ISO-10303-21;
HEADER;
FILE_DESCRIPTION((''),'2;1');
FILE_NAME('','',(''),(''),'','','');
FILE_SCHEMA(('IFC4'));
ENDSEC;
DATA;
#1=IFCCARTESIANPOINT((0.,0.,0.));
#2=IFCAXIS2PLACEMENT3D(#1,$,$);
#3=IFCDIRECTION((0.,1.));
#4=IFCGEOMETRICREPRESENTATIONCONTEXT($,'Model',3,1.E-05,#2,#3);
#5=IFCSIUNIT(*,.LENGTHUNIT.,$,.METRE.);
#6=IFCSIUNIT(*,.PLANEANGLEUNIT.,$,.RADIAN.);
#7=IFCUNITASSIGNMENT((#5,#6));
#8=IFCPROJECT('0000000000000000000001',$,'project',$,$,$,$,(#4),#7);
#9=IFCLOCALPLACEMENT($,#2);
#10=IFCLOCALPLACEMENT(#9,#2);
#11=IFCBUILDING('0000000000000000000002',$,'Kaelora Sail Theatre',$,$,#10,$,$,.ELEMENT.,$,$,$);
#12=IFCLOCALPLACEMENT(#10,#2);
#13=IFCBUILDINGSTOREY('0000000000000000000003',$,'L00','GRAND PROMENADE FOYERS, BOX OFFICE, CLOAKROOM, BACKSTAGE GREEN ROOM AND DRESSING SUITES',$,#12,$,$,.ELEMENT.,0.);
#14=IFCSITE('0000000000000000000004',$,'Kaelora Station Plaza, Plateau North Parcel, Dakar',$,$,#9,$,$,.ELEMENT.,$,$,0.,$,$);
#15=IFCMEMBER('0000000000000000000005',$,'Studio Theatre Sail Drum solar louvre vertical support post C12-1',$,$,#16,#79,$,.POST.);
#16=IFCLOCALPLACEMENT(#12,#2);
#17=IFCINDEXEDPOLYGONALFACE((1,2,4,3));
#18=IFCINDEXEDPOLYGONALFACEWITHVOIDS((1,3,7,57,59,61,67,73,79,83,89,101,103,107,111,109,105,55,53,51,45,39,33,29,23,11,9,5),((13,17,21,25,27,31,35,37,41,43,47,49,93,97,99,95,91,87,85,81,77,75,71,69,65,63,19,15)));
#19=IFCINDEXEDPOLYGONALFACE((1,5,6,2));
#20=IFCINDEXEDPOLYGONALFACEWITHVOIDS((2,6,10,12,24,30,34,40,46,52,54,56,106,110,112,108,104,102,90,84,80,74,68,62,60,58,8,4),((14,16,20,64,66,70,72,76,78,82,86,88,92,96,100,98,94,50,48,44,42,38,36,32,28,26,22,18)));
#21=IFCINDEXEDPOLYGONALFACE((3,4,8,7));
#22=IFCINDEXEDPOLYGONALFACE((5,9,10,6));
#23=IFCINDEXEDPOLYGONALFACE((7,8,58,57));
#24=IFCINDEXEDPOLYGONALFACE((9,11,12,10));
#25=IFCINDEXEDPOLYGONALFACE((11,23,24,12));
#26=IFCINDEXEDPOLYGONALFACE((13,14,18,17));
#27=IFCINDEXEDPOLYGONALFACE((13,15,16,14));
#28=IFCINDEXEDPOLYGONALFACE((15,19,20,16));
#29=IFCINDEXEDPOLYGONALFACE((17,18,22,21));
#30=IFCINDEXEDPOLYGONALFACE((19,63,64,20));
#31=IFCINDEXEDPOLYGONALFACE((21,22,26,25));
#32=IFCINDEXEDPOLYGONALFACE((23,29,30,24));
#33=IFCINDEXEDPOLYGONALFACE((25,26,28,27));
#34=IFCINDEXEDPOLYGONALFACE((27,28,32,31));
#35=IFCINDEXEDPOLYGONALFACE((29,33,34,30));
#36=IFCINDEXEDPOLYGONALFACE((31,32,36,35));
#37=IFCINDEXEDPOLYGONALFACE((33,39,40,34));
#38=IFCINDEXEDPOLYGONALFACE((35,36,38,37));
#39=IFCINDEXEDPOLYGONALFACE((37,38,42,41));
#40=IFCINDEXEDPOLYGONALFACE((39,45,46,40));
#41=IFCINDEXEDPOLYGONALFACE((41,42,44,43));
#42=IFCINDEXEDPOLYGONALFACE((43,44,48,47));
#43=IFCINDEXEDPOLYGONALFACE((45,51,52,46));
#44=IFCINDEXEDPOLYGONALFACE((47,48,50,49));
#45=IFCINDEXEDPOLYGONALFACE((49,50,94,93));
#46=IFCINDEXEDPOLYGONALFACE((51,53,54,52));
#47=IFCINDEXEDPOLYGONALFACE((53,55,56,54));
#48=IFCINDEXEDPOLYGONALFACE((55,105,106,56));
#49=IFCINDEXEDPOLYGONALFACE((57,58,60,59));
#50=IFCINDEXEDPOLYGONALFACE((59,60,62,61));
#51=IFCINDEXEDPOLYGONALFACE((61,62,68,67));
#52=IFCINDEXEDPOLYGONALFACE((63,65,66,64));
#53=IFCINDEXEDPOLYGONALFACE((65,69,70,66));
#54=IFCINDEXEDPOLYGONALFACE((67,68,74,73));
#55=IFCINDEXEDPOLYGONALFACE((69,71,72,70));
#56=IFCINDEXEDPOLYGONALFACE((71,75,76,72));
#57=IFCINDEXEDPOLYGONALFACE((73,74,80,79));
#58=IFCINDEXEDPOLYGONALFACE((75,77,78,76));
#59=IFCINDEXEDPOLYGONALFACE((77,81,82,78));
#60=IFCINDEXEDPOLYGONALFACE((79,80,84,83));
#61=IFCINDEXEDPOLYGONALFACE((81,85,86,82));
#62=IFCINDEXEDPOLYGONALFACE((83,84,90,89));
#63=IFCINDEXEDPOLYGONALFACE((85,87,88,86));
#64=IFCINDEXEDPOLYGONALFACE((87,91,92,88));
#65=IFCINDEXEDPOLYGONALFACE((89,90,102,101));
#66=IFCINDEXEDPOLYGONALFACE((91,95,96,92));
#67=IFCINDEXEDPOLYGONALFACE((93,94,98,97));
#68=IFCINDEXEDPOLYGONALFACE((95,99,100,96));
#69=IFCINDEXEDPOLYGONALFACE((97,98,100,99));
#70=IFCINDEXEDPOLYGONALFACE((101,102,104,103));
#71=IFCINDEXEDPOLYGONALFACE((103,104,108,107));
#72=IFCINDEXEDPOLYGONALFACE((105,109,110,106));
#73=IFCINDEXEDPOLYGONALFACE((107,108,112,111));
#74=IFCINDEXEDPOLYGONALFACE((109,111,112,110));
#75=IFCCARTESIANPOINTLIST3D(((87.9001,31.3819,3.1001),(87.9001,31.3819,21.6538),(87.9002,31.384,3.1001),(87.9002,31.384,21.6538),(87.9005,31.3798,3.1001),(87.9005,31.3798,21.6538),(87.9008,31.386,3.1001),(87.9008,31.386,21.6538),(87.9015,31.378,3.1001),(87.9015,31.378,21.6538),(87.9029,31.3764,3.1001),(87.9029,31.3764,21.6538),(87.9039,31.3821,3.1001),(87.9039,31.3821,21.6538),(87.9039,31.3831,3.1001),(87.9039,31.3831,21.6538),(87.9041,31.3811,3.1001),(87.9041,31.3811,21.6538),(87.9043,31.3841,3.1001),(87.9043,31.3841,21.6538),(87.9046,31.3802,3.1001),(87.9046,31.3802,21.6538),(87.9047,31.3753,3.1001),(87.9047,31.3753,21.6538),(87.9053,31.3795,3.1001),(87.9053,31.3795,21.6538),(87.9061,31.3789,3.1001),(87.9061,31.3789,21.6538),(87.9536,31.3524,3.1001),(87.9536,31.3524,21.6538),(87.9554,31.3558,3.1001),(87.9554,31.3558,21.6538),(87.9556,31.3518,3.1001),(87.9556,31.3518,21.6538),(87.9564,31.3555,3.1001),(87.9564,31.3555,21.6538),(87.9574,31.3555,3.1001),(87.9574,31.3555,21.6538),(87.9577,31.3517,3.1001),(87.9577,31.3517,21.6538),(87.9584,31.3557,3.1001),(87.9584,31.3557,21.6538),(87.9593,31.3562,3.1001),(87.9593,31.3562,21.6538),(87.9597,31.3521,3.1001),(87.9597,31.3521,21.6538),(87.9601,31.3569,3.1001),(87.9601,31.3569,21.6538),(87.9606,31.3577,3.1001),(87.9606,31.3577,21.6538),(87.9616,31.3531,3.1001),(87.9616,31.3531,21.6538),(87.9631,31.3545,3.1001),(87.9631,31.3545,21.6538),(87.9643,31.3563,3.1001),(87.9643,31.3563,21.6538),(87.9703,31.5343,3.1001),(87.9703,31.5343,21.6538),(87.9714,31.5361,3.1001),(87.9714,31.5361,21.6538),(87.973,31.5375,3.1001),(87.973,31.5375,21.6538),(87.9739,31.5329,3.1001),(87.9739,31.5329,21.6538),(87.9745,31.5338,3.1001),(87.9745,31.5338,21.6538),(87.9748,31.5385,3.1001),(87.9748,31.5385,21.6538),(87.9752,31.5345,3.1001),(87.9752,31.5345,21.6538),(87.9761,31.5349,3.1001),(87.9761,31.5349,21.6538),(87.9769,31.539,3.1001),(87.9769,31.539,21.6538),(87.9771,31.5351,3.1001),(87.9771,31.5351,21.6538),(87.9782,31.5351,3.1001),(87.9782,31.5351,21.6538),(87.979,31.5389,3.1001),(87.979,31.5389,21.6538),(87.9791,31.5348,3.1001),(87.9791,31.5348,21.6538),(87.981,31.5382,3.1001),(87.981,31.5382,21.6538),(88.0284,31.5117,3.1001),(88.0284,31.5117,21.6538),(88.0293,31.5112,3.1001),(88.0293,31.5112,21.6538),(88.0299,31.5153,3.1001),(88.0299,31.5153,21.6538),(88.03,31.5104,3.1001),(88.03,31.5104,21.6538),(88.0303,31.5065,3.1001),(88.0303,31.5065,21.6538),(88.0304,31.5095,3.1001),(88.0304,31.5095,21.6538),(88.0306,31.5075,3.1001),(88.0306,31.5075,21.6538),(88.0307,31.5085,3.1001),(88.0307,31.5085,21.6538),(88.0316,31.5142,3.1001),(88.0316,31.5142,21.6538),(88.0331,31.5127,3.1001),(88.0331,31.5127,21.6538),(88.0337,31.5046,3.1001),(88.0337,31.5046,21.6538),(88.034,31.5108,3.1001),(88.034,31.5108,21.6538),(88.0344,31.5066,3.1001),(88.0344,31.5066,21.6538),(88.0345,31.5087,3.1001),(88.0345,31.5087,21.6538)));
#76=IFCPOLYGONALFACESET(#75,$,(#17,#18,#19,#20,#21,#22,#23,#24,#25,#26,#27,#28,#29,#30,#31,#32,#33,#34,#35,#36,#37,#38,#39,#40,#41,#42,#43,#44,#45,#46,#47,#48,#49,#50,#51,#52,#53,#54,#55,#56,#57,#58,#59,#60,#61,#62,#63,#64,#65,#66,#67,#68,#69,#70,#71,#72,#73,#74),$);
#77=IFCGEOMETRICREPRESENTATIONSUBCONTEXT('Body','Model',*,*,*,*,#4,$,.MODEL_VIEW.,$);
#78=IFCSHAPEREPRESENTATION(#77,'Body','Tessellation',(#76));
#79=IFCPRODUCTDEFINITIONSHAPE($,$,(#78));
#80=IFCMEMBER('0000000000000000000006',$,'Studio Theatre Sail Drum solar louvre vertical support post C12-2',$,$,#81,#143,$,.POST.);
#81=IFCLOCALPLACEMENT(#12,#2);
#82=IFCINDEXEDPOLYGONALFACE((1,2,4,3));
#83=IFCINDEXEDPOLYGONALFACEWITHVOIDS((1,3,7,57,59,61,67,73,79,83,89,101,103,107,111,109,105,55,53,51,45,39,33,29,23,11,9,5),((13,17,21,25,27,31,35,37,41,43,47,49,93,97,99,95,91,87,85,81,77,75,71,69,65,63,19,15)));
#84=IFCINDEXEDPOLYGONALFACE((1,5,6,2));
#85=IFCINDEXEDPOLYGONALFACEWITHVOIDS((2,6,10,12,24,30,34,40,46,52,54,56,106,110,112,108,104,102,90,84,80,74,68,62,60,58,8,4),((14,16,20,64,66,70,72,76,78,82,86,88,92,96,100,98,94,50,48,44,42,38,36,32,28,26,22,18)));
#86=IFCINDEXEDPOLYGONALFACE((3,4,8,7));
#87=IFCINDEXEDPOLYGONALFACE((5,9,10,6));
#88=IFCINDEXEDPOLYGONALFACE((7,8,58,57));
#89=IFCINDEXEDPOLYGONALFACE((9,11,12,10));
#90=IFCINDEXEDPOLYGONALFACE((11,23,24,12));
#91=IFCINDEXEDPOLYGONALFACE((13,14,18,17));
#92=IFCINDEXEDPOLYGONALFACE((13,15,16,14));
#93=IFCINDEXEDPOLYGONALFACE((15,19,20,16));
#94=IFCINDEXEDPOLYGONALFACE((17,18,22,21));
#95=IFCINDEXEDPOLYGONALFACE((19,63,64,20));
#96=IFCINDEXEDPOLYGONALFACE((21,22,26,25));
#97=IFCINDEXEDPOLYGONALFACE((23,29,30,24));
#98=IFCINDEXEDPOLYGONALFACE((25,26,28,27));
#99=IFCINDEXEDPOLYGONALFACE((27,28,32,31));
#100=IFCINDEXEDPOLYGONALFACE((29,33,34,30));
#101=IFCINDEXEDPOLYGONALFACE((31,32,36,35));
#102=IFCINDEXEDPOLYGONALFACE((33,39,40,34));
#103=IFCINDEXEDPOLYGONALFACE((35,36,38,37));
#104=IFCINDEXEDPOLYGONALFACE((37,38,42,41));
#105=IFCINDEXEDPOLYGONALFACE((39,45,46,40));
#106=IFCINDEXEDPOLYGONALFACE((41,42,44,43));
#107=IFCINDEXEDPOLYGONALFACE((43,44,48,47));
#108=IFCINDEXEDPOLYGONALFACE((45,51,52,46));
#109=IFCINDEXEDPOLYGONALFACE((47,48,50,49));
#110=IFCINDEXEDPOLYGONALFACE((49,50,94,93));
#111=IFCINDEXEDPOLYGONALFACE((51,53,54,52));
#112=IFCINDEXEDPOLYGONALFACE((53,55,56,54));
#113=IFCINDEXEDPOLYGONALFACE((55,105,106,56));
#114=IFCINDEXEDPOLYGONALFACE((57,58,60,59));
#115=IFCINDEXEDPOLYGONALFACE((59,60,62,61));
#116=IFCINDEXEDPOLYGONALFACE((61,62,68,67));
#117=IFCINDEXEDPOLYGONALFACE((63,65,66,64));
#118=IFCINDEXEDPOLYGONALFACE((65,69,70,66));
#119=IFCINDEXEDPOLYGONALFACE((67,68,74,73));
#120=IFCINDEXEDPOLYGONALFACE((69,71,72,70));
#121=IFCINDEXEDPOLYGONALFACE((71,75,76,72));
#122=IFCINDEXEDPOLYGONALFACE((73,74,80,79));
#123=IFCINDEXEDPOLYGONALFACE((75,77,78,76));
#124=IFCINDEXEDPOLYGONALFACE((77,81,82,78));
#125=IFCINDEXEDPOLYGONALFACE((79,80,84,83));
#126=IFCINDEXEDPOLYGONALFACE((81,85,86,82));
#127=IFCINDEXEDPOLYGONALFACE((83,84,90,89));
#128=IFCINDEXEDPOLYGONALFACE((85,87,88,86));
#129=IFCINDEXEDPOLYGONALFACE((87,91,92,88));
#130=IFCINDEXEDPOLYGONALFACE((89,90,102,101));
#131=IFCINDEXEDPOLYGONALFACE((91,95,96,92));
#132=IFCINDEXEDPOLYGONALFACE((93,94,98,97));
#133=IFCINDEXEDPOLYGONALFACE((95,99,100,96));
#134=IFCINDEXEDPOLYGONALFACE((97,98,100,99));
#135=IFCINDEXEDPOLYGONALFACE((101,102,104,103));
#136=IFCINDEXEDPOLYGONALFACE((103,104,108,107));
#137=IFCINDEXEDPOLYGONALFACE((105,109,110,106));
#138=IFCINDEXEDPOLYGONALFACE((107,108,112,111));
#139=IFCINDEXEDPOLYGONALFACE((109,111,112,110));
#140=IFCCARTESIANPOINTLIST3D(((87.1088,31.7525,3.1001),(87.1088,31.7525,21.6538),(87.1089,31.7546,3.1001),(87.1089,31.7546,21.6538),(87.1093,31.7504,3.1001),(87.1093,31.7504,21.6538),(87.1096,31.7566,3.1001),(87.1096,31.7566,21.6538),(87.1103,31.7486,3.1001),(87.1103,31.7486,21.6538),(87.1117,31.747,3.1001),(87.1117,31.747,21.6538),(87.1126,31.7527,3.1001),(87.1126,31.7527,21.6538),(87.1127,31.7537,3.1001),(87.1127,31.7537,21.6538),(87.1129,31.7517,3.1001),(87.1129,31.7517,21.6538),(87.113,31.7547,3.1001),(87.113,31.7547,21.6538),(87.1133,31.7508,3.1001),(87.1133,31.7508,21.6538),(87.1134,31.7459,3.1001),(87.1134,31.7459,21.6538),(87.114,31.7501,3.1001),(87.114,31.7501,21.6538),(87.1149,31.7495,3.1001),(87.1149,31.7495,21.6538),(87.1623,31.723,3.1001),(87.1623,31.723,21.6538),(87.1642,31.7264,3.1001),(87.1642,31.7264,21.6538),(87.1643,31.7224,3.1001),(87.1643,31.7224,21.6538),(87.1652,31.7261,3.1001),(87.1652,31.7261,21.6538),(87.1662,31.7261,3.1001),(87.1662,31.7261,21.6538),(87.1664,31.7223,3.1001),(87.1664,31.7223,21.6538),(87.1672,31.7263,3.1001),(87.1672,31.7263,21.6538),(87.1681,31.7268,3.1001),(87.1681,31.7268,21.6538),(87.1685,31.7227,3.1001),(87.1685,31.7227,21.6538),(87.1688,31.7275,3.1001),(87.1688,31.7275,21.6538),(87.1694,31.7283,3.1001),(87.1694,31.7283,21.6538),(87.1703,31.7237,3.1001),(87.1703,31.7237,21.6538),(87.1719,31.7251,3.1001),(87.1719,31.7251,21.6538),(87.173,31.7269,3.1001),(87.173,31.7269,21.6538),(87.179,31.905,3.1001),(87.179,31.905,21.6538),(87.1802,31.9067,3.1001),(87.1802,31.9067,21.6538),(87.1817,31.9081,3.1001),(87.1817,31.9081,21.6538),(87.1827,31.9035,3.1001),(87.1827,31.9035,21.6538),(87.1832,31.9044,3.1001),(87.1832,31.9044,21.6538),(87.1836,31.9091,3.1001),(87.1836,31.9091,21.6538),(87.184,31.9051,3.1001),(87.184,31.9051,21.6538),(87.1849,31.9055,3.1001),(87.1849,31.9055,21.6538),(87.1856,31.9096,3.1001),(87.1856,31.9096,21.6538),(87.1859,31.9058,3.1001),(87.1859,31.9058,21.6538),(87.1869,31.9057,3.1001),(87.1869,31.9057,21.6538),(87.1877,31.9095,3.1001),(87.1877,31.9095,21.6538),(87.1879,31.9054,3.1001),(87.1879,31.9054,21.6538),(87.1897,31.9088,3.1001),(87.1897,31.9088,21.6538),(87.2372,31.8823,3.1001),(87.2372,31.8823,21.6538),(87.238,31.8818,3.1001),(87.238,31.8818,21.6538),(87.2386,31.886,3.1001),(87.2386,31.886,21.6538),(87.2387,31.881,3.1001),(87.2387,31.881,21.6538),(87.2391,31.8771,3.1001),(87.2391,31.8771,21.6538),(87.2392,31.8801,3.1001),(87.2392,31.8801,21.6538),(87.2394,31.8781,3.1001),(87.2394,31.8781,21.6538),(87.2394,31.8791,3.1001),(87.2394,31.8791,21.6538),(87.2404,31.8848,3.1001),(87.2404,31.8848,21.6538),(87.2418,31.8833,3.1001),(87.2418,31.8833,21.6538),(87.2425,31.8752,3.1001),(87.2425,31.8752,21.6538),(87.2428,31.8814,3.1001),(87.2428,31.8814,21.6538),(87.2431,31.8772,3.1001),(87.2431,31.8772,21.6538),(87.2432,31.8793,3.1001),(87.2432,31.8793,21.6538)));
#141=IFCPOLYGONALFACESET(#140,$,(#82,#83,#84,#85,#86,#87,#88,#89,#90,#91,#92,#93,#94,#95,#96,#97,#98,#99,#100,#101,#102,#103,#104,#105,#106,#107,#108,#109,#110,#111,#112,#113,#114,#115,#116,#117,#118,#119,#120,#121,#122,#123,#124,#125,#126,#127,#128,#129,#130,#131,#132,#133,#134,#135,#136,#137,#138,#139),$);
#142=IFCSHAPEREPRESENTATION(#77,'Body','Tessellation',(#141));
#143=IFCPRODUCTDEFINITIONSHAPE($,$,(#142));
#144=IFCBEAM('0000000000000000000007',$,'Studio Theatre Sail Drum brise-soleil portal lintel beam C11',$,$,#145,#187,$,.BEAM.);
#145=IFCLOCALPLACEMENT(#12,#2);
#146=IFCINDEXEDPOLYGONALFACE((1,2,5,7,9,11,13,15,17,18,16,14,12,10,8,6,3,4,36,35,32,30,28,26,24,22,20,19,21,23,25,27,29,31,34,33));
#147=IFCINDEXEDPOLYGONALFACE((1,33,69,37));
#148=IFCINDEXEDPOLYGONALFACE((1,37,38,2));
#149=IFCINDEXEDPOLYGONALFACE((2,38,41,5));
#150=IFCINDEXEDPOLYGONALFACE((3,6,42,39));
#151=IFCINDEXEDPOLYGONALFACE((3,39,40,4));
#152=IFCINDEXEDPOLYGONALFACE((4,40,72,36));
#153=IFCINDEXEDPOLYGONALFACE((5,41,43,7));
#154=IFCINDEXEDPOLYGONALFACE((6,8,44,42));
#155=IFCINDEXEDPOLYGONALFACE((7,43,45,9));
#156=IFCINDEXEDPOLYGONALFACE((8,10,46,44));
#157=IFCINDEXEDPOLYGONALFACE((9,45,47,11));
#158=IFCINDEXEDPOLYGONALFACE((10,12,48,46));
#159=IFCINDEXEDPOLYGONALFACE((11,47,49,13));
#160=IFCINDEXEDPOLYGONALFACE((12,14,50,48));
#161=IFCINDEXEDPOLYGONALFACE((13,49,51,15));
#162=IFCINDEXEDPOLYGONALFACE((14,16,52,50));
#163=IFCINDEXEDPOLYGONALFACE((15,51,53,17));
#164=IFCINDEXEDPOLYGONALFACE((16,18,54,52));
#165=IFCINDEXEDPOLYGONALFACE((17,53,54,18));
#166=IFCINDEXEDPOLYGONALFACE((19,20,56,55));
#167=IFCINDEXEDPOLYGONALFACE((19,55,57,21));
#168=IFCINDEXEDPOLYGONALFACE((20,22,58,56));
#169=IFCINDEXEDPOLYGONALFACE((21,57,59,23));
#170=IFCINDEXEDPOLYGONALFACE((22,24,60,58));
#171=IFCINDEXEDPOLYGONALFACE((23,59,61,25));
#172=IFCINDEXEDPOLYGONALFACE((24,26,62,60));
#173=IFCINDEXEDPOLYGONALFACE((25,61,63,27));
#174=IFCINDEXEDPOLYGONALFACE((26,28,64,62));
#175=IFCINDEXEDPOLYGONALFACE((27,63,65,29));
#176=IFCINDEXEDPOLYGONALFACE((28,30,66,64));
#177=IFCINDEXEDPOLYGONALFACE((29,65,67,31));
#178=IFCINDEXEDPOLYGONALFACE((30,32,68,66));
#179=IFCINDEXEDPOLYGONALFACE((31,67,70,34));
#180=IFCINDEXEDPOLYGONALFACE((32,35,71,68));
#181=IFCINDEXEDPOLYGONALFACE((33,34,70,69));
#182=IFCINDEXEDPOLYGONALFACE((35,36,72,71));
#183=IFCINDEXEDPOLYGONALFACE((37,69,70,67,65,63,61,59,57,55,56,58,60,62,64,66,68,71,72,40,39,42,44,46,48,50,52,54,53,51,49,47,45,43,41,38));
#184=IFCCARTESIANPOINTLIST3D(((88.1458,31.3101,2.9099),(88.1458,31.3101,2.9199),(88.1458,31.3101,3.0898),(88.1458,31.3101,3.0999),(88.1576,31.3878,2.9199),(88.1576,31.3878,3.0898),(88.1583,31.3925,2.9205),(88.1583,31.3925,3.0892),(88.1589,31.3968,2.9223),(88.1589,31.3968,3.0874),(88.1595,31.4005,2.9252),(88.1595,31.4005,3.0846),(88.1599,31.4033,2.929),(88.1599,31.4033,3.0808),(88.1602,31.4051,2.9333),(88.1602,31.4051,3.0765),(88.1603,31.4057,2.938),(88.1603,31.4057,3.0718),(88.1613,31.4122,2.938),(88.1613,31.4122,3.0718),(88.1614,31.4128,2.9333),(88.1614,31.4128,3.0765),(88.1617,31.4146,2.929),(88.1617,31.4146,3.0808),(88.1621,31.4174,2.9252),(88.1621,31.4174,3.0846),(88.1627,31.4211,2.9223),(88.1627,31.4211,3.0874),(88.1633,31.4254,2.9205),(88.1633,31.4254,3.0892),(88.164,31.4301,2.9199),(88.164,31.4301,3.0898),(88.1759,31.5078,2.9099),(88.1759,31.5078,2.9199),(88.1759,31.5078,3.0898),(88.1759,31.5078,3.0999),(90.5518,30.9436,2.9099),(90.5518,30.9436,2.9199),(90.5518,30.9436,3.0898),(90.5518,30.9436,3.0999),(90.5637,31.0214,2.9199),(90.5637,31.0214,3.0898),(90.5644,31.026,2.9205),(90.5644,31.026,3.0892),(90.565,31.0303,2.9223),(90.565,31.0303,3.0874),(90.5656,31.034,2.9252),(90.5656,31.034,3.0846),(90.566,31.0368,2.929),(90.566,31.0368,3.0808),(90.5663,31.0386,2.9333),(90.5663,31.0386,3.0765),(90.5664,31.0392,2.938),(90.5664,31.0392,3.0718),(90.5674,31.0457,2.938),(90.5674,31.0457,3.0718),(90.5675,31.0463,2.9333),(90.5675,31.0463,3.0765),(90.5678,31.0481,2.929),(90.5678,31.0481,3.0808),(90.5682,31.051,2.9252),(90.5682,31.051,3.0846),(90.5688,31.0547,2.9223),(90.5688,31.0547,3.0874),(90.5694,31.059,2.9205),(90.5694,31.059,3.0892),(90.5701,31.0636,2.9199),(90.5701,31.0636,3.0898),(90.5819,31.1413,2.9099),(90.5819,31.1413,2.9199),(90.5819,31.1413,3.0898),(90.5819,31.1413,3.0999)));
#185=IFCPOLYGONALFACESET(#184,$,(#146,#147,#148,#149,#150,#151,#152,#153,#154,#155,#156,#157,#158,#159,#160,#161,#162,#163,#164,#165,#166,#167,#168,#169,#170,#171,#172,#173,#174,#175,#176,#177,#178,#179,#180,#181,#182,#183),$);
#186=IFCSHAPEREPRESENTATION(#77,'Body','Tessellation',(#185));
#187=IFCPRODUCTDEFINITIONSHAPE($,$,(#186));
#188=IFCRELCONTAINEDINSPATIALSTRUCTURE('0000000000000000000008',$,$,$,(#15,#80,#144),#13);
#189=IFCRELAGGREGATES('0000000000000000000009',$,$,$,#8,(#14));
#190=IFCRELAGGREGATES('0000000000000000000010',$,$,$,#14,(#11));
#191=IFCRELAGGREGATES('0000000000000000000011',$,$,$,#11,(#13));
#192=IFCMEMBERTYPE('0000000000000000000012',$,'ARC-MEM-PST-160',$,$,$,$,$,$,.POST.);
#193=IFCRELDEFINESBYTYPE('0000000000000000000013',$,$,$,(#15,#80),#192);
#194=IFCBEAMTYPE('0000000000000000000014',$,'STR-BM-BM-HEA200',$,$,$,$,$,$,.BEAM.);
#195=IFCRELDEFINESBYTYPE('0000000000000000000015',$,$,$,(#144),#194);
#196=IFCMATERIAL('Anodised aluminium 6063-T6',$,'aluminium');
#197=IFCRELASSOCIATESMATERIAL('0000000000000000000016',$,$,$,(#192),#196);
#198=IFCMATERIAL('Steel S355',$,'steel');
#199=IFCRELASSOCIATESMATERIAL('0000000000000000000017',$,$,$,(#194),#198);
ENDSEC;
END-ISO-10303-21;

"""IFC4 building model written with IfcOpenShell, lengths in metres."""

from ifc_helpers import new_model, si_unit, direction, frame, origin, origin_2d, place, context, subcontext, project, spatial, hollow_rectangle, i_section, extrude, material, material_profile, profile_set, type_object, element, save


model = new_model("IFC4")

# Units and contexts
model_context = context("Model", 3, precision=1e-05, world=origin(), true_north=direction((0.0, 1.0)))
body_context = subcontext(model_context, "Body", "Model", "MODEL_VIEW")
ifc_project = project(units=[si_unit("LENGTHUNIT", "METRE"), si_unit("PLANEANGLEUNIT", "RADIAN")], contexts=[model_context])

# Site, building, storey
site_placement = place(None, origin())
site = spatial("IfcSite", under=ifc_project, at=site_placement, Name="Kaelora Station Plaza, Plateau North Parcel, Dakar", CompositionType="ELEMENT", RefElevation=0.0)
building_placement = place(site_placement, origin())
building = spatial("IfcBuilding", under=site, at=building_placement, Name="Kaelora Sail Theatre", CompositionType="ELEMENT")
storey_placement = place(building_placement, origin())
storey = spatial("IfcBuildingStorey", under=building, at=storey_placement, Name="L00", Description="GRAND PROMENADE FOYERS, BOX OFFICE, CLOAKROOM, BACKSTAGE GREEN ROOM AND DRESSING SUITES", CompositionType="ELEMENT", Elevation=0.0)

# Members
ifc_material_1 = material(Name="Anodised aluminium 6063-T6", Category="aluminium")
ifc_material_profile_1 = material_profile(ifc_material_1, hollow_rectangle(XDim=0.0701, YDim=0.1799, WallThickness=0.0039, InnerFilletRadius=0.0039, OuterFilletRadius=0.0081, at=origin_2d()), Name="ALU-MULL 70x180x4")
ifc_profile_set_1 = profile_set([ifc_material_profile_1], Name="Anodised aluminium 6063-T6")
member_type_1 = type_object("IfcMemberType", Name="ARC-MEM-PST-160", PredefinedType="POST", material=ifc_profile_set_1)
for number, where, z_axis, x_axis, name in (
    (1, (87.9673, 31.4453, 3.1001), (0.0, 0.0, 1.0), (-0.905643, 0.424041, 0.0), "Studio Theatre Sail Drum solar louvre vertical support post C12-1"),
    (2, (87.176, 31.8159, 3.1001), (0.0, 0.0, 1.0), (-0.905643, 0.424041, 0.0), "Studio Theatre Sail Drum solar louvre vertical support post C12-2"),
):
    element("IfcMember", number, at=place(storey_placement, frame(where, z_axis=z_axis, x_axis=x_axis)), inside=storey, type_object=member_type_1, Name=name, PredefinedType="POST", context=body_context, shape_type="SweptSolid", body=[
        extrude(hollow_rectangle(XDim=0.0701, YDim=0.1799, WallThickness=0.0039, InnerFilletRadius=0.0039, OuterFilletRadius=0.0081, at=origin_2d()), origin(), (0.0, 0.0, 1.0), 18.5537),
    ])

# Beam
ifc_material_2 = material(Name="Steel S355", Category="steel")
ifc_material_profile_2 = material_profile(ifc_material_2, i_section(OverallWidth=0.2, OverallDepth=0.1899, WebThickness=0.0066, FlangeThickness=0.01, FilletRadius=0.0181, at=origin_2d()), Name="HEA 200")
ifc_profile_set_2 = profile_set([ifc_material_profile_2], Name="Steel S355")
beam_type_1 = type_object("IfcBeamType", Name="STR-BM-BM-HEA200", PredefinedType="BEAM", material=ifc_profile_set_2)
beam_1_placement = place(storey_placement, frame((90.5669, 31.0425, 3.0049), z_axis=(-0.988599, 0.150572, 0.0), x_axis=(-0.150572, -0.988599, 0.0)))
element("IfcBeam", 3, at=beam_1_placement, inside=storey, type_object=beam_type_1, Name="Studio Theatre Sail Drum brise-soleil portal lintel beam C11", PredefinedType="BEAM", context=body_context, shape_type="SweptSolid", body=[
    extrude(i_section(OverallWidth=0.2, OverallDepth=0.1899, WebThickness=0.0066, FlangeThickness=0.01, FilletRadius=0.0181, at=origin_2d()), origin(), (0.0, 0.0, 1.0), 2.4338),
])

save(model, "model.ifc")
